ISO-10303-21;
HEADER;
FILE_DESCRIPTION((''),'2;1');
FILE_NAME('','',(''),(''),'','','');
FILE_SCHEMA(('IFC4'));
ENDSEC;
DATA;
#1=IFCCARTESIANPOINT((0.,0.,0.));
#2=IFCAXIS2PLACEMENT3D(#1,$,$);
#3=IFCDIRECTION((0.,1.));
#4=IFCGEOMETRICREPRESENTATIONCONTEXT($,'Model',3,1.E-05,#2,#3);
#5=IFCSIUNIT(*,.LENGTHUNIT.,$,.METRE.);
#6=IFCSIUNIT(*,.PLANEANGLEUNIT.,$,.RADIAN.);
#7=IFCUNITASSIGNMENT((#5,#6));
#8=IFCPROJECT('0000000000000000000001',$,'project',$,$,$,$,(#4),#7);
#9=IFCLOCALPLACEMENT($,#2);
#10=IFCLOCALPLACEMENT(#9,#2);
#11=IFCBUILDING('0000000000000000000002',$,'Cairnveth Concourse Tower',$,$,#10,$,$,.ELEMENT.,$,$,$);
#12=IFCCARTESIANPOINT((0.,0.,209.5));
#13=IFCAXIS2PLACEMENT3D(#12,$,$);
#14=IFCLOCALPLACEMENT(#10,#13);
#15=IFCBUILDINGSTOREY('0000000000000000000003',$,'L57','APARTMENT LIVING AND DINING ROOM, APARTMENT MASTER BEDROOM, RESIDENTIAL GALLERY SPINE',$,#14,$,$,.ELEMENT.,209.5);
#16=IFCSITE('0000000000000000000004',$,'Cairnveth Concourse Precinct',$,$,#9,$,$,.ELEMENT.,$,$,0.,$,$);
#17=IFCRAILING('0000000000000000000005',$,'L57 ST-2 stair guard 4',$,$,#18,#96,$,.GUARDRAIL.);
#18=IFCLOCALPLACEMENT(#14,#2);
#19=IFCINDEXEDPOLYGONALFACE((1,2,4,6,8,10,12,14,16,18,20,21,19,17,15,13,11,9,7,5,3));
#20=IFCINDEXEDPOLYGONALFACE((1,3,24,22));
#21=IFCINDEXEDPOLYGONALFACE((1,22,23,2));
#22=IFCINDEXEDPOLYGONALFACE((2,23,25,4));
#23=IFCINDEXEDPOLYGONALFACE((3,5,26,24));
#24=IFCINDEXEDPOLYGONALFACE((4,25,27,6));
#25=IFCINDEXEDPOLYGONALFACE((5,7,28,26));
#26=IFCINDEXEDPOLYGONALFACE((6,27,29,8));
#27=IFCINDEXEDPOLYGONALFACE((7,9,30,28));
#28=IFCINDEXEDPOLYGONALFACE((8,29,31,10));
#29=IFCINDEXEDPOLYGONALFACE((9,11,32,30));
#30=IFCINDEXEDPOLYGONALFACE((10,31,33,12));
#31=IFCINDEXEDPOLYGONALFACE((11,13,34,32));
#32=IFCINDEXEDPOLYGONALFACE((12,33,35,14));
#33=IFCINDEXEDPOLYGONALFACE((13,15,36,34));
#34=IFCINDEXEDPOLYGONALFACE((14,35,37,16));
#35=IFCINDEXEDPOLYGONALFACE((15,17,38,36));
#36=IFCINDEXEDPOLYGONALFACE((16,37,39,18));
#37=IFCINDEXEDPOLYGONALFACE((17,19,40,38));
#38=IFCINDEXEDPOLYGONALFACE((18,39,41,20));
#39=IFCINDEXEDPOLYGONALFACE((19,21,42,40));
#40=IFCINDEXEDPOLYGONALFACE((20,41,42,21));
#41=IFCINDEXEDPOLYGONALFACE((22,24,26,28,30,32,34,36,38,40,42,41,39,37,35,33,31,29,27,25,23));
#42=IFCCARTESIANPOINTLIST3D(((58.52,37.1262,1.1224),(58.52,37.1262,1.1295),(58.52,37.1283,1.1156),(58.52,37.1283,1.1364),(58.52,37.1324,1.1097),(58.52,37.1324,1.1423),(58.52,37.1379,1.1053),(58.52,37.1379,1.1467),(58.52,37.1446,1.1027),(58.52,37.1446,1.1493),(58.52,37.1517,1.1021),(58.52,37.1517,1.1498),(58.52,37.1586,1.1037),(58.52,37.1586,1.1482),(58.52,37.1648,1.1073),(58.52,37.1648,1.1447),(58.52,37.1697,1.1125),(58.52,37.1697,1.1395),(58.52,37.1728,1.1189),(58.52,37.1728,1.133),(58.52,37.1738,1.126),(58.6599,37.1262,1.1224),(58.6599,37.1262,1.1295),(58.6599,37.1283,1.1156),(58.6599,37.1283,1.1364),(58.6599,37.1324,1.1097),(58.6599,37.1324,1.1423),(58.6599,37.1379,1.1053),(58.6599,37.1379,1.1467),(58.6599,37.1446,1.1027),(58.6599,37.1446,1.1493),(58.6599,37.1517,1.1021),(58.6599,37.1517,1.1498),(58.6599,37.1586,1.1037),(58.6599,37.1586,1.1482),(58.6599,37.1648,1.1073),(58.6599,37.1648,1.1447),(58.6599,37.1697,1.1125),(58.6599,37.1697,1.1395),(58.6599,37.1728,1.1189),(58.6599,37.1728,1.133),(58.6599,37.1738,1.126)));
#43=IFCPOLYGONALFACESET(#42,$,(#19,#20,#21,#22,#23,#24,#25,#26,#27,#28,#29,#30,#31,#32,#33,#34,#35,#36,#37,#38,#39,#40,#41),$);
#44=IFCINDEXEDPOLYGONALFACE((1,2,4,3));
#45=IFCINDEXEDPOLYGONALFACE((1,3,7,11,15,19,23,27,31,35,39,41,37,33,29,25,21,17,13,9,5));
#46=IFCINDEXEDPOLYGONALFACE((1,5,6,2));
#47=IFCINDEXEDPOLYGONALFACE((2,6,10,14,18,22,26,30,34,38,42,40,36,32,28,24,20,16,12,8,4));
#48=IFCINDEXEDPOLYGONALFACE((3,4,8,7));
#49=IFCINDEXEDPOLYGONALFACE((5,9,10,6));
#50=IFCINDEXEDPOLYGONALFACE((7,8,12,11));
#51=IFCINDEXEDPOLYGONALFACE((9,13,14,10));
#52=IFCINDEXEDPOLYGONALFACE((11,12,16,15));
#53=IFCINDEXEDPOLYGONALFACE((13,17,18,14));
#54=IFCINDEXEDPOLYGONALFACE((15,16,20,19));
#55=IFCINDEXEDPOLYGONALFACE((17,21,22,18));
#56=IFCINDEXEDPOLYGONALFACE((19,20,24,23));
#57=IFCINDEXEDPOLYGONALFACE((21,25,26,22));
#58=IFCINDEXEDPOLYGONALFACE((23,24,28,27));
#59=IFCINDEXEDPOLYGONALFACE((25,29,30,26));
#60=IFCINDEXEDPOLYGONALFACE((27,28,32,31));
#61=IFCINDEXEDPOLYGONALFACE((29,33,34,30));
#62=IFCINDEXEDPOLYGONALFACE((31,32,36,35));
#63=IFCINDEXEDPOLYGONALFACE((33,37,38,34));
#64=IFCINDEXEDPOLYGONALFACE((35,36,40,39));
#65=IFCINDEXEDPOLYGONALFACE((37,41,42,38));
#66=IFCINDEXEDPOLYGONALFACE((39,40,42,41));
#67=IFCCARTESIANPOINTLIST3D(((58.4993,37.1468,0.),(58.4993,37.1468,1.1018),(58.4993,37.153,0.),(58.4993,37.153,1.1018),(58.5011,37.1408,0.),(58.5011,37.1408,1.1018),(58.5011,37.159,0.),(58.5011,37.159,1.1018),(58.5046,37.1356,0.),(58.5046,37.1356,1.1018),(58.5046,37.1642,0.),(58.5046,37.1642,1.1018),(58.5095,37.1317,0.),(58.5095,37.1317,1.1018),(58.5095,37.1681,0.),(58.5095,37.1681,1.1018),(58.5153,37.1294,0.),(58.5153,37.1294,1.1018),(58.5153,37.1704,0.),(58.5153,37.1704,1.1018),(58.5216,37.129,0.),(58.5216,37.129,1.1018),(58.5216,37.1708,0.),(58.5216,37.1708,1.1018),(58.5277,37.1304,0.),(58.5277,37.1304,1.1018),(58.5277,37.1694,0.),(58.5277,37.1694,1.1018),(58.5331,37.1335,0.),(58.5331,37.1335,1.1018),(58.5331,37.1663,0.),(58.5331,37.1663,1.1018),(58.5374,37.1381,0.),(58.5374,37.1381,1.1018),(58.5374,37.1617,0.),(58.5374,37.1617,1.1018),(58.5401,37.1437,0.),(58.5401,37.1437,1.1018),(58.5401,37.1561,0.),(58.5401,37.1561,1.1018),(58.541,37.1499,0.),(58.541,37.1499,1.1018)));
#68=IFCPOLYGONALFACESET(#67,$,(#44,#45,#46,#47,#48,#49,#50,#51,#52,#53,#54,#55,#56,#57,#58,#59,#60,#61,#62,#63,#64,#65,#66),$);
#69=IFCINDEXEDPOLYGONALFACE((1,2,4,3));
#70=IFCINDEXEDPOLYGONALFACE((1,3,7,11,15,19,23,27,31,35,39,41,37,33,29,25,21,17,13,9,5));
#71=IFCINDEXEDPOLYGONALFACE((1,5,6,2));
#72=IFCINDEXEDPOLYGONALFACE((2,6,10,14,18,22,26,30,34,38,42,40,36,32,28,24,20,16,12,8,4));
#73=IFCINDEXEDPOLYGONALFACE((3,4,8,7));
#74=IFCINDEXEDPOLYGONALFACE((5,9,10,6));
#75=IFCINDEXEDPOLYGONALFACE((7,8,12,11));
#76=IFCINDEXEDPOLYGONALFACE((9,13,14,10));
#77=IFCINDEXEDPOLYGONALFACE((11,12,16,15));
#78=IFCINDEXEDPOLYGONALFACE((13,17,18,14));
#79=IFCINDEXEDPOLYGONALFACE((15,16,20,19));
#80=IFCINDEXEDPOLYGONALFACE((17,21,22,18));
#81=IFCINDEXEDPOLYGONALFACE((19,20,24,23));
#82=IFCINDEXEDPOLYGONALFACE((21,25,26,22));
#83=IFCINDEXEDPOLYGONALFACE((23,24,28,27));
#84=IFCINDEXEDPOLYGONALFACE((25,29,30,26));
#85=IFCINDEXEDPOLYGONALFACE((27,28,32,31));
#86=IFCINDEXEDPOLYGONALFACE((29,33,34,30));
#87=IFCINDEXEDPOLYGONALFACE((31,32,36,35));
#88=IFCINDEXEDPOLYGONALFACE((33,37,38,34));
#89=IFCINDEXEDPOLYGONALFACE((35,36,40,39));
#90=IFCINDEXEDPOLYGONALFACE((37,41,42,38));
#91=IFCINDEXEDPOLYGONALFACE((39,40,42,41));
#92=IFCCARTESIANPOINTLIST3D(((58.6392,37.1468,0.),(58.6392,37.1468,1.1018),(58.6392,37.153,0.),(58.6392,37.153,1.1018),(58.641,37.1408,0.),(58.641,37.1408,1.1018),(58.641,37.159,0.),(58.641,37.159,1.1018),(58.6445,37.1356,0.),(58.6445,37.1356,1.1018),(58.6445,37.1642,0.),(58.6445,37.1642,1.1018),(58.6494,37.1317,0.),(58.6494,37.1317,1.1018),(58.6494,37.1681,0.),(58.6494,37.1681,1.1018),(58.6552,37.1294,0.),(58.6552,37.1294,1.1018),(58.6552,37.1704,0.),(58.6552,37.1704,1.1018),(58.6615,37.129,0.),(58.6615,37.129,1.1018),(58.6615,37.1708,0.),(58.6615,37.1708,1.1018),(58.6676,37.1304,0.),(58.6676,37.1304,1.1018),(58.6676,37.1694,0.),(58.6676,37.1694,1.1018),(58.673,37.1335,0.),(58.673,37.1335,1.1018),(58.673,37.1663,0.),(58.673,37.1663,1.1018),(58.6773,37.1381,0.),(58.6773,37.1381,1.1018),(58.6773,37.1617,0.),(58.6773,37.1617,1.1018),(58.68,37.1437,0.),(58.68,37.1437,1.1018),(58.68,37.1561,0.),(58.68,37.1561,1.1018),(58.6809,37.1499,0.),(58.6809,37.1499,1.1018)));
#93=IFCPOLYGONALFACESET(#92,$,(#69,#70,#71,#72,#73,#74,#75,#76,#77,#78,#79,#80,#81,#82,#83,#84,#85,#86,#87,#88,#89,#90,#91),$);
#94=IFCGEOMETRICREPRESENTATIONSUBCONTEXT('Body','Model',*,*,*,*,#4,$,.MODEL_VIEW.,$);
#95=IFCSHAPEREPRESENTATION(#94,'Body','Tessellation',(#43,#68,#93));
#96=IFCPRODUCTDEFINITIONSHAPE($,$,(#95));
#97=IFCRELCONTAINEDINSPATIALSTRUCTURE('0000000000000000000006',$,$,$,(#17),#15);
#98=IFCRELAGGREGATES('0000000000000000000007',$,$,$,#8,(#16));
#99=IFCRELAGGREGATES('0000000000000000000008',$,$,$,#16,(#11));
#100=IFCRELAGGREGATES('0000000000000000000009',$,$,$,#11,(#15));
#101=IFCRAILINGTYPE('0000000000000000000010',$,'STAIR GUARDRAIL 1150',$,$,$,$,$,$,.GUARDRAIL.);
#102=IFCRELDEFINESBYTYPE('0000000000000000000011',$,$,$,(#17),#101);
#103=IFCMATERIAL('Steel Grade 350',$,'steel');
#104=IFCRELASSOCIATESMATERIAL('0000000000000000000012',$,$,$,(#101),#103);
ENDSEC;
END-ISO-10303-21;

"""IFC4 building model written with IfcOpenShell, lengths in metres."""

from ifc_helpers import new_model, si_unit, direction, frame, origin, origin_2d, place, context, subcontext, project, spatial, circle, extrude, material, type_object, element, save


model = new_model("IFC4")

# Units and contexts
model_context = context("Model", 3, precision=1e-05, world=origin(), true_north=direction((0.0, 1.0)))
body_context = subcontext(model_context, "Body", "Model", "MODEL_VIEW")
ifc_project = project(units=[si_unit("LENGTHUNIT", "METRE"), si_unit("PLANEANGLEUNIT", "RADIAN")], contexts=[model_context])

# Site, building, storey
site_placement = place(None, origin())
site = spatial("IfcSite", under=ifc_project, at=site_placement, Name="Cairnveth Concourse Precinct", CompositionType="ELEMENT", RefElevation=0.0)
building_placement = place(site_placement, origin())
building = spatial("IfcBuilding", under=site, at=building_placement, Name="Cairnveth Concourse Tower", CompositionType="ELEMENT")
storey_placement = place(building_placement, frame((0.0, 0.0, 209.5)))
storey = spatial("IfcBuildingStorey", under=building, at=storey_placement, Name="L57", Description="APARTMENT LIVING AND DINING ROOM, APARTMENT MASTER BEDROOM, RESIDENTIAL GALLERY SPINE", CompositionType="ELEMENT", Elevation=209.5)

# Shared definitions
ifc_material_1 = material(Name="Steel Grade 350", Category="steel")

# Railing
railing_type_1 = type_object("IfcRailingType", Name="STAIR GUARDRAIL 1150", PredefinedType="GUARDRAIL", material=ifc_material_1)
railing_1_placement = place(storey_placement, frame((58.52, 37.1499, 0.0)))
element("IfcRailing", 1, at=railing_1_placement, inside=storey, type_object=railing_type_1, Name="L57 ST-2 stair guard 4", PredefinedType="GUARDRAIL", context=body_context, shape_type="SweptSolid", body=[
    extrude(circle(Radius=0.0239, at=origin_2d()), frame((0.0, 0.0, 1.126), z_axis=(1.0, 0.0, 0.0), x_axis=(0.0, 1.0, 0.0)), (0.0, 0.0, 1.0), 0.1399),
    extrude(circle(Radius=0.021, at=origin_2d()), origin(), (0.0, 0.0, 1.0), 1.1018),
    extrude(circle(Radius=0.021, at=origin_2d()), frame((0.1399, 0.0, 0.0)), (0.0, 0.0, 1.0), 1.1018),
])

save(model, "model.ifc")
